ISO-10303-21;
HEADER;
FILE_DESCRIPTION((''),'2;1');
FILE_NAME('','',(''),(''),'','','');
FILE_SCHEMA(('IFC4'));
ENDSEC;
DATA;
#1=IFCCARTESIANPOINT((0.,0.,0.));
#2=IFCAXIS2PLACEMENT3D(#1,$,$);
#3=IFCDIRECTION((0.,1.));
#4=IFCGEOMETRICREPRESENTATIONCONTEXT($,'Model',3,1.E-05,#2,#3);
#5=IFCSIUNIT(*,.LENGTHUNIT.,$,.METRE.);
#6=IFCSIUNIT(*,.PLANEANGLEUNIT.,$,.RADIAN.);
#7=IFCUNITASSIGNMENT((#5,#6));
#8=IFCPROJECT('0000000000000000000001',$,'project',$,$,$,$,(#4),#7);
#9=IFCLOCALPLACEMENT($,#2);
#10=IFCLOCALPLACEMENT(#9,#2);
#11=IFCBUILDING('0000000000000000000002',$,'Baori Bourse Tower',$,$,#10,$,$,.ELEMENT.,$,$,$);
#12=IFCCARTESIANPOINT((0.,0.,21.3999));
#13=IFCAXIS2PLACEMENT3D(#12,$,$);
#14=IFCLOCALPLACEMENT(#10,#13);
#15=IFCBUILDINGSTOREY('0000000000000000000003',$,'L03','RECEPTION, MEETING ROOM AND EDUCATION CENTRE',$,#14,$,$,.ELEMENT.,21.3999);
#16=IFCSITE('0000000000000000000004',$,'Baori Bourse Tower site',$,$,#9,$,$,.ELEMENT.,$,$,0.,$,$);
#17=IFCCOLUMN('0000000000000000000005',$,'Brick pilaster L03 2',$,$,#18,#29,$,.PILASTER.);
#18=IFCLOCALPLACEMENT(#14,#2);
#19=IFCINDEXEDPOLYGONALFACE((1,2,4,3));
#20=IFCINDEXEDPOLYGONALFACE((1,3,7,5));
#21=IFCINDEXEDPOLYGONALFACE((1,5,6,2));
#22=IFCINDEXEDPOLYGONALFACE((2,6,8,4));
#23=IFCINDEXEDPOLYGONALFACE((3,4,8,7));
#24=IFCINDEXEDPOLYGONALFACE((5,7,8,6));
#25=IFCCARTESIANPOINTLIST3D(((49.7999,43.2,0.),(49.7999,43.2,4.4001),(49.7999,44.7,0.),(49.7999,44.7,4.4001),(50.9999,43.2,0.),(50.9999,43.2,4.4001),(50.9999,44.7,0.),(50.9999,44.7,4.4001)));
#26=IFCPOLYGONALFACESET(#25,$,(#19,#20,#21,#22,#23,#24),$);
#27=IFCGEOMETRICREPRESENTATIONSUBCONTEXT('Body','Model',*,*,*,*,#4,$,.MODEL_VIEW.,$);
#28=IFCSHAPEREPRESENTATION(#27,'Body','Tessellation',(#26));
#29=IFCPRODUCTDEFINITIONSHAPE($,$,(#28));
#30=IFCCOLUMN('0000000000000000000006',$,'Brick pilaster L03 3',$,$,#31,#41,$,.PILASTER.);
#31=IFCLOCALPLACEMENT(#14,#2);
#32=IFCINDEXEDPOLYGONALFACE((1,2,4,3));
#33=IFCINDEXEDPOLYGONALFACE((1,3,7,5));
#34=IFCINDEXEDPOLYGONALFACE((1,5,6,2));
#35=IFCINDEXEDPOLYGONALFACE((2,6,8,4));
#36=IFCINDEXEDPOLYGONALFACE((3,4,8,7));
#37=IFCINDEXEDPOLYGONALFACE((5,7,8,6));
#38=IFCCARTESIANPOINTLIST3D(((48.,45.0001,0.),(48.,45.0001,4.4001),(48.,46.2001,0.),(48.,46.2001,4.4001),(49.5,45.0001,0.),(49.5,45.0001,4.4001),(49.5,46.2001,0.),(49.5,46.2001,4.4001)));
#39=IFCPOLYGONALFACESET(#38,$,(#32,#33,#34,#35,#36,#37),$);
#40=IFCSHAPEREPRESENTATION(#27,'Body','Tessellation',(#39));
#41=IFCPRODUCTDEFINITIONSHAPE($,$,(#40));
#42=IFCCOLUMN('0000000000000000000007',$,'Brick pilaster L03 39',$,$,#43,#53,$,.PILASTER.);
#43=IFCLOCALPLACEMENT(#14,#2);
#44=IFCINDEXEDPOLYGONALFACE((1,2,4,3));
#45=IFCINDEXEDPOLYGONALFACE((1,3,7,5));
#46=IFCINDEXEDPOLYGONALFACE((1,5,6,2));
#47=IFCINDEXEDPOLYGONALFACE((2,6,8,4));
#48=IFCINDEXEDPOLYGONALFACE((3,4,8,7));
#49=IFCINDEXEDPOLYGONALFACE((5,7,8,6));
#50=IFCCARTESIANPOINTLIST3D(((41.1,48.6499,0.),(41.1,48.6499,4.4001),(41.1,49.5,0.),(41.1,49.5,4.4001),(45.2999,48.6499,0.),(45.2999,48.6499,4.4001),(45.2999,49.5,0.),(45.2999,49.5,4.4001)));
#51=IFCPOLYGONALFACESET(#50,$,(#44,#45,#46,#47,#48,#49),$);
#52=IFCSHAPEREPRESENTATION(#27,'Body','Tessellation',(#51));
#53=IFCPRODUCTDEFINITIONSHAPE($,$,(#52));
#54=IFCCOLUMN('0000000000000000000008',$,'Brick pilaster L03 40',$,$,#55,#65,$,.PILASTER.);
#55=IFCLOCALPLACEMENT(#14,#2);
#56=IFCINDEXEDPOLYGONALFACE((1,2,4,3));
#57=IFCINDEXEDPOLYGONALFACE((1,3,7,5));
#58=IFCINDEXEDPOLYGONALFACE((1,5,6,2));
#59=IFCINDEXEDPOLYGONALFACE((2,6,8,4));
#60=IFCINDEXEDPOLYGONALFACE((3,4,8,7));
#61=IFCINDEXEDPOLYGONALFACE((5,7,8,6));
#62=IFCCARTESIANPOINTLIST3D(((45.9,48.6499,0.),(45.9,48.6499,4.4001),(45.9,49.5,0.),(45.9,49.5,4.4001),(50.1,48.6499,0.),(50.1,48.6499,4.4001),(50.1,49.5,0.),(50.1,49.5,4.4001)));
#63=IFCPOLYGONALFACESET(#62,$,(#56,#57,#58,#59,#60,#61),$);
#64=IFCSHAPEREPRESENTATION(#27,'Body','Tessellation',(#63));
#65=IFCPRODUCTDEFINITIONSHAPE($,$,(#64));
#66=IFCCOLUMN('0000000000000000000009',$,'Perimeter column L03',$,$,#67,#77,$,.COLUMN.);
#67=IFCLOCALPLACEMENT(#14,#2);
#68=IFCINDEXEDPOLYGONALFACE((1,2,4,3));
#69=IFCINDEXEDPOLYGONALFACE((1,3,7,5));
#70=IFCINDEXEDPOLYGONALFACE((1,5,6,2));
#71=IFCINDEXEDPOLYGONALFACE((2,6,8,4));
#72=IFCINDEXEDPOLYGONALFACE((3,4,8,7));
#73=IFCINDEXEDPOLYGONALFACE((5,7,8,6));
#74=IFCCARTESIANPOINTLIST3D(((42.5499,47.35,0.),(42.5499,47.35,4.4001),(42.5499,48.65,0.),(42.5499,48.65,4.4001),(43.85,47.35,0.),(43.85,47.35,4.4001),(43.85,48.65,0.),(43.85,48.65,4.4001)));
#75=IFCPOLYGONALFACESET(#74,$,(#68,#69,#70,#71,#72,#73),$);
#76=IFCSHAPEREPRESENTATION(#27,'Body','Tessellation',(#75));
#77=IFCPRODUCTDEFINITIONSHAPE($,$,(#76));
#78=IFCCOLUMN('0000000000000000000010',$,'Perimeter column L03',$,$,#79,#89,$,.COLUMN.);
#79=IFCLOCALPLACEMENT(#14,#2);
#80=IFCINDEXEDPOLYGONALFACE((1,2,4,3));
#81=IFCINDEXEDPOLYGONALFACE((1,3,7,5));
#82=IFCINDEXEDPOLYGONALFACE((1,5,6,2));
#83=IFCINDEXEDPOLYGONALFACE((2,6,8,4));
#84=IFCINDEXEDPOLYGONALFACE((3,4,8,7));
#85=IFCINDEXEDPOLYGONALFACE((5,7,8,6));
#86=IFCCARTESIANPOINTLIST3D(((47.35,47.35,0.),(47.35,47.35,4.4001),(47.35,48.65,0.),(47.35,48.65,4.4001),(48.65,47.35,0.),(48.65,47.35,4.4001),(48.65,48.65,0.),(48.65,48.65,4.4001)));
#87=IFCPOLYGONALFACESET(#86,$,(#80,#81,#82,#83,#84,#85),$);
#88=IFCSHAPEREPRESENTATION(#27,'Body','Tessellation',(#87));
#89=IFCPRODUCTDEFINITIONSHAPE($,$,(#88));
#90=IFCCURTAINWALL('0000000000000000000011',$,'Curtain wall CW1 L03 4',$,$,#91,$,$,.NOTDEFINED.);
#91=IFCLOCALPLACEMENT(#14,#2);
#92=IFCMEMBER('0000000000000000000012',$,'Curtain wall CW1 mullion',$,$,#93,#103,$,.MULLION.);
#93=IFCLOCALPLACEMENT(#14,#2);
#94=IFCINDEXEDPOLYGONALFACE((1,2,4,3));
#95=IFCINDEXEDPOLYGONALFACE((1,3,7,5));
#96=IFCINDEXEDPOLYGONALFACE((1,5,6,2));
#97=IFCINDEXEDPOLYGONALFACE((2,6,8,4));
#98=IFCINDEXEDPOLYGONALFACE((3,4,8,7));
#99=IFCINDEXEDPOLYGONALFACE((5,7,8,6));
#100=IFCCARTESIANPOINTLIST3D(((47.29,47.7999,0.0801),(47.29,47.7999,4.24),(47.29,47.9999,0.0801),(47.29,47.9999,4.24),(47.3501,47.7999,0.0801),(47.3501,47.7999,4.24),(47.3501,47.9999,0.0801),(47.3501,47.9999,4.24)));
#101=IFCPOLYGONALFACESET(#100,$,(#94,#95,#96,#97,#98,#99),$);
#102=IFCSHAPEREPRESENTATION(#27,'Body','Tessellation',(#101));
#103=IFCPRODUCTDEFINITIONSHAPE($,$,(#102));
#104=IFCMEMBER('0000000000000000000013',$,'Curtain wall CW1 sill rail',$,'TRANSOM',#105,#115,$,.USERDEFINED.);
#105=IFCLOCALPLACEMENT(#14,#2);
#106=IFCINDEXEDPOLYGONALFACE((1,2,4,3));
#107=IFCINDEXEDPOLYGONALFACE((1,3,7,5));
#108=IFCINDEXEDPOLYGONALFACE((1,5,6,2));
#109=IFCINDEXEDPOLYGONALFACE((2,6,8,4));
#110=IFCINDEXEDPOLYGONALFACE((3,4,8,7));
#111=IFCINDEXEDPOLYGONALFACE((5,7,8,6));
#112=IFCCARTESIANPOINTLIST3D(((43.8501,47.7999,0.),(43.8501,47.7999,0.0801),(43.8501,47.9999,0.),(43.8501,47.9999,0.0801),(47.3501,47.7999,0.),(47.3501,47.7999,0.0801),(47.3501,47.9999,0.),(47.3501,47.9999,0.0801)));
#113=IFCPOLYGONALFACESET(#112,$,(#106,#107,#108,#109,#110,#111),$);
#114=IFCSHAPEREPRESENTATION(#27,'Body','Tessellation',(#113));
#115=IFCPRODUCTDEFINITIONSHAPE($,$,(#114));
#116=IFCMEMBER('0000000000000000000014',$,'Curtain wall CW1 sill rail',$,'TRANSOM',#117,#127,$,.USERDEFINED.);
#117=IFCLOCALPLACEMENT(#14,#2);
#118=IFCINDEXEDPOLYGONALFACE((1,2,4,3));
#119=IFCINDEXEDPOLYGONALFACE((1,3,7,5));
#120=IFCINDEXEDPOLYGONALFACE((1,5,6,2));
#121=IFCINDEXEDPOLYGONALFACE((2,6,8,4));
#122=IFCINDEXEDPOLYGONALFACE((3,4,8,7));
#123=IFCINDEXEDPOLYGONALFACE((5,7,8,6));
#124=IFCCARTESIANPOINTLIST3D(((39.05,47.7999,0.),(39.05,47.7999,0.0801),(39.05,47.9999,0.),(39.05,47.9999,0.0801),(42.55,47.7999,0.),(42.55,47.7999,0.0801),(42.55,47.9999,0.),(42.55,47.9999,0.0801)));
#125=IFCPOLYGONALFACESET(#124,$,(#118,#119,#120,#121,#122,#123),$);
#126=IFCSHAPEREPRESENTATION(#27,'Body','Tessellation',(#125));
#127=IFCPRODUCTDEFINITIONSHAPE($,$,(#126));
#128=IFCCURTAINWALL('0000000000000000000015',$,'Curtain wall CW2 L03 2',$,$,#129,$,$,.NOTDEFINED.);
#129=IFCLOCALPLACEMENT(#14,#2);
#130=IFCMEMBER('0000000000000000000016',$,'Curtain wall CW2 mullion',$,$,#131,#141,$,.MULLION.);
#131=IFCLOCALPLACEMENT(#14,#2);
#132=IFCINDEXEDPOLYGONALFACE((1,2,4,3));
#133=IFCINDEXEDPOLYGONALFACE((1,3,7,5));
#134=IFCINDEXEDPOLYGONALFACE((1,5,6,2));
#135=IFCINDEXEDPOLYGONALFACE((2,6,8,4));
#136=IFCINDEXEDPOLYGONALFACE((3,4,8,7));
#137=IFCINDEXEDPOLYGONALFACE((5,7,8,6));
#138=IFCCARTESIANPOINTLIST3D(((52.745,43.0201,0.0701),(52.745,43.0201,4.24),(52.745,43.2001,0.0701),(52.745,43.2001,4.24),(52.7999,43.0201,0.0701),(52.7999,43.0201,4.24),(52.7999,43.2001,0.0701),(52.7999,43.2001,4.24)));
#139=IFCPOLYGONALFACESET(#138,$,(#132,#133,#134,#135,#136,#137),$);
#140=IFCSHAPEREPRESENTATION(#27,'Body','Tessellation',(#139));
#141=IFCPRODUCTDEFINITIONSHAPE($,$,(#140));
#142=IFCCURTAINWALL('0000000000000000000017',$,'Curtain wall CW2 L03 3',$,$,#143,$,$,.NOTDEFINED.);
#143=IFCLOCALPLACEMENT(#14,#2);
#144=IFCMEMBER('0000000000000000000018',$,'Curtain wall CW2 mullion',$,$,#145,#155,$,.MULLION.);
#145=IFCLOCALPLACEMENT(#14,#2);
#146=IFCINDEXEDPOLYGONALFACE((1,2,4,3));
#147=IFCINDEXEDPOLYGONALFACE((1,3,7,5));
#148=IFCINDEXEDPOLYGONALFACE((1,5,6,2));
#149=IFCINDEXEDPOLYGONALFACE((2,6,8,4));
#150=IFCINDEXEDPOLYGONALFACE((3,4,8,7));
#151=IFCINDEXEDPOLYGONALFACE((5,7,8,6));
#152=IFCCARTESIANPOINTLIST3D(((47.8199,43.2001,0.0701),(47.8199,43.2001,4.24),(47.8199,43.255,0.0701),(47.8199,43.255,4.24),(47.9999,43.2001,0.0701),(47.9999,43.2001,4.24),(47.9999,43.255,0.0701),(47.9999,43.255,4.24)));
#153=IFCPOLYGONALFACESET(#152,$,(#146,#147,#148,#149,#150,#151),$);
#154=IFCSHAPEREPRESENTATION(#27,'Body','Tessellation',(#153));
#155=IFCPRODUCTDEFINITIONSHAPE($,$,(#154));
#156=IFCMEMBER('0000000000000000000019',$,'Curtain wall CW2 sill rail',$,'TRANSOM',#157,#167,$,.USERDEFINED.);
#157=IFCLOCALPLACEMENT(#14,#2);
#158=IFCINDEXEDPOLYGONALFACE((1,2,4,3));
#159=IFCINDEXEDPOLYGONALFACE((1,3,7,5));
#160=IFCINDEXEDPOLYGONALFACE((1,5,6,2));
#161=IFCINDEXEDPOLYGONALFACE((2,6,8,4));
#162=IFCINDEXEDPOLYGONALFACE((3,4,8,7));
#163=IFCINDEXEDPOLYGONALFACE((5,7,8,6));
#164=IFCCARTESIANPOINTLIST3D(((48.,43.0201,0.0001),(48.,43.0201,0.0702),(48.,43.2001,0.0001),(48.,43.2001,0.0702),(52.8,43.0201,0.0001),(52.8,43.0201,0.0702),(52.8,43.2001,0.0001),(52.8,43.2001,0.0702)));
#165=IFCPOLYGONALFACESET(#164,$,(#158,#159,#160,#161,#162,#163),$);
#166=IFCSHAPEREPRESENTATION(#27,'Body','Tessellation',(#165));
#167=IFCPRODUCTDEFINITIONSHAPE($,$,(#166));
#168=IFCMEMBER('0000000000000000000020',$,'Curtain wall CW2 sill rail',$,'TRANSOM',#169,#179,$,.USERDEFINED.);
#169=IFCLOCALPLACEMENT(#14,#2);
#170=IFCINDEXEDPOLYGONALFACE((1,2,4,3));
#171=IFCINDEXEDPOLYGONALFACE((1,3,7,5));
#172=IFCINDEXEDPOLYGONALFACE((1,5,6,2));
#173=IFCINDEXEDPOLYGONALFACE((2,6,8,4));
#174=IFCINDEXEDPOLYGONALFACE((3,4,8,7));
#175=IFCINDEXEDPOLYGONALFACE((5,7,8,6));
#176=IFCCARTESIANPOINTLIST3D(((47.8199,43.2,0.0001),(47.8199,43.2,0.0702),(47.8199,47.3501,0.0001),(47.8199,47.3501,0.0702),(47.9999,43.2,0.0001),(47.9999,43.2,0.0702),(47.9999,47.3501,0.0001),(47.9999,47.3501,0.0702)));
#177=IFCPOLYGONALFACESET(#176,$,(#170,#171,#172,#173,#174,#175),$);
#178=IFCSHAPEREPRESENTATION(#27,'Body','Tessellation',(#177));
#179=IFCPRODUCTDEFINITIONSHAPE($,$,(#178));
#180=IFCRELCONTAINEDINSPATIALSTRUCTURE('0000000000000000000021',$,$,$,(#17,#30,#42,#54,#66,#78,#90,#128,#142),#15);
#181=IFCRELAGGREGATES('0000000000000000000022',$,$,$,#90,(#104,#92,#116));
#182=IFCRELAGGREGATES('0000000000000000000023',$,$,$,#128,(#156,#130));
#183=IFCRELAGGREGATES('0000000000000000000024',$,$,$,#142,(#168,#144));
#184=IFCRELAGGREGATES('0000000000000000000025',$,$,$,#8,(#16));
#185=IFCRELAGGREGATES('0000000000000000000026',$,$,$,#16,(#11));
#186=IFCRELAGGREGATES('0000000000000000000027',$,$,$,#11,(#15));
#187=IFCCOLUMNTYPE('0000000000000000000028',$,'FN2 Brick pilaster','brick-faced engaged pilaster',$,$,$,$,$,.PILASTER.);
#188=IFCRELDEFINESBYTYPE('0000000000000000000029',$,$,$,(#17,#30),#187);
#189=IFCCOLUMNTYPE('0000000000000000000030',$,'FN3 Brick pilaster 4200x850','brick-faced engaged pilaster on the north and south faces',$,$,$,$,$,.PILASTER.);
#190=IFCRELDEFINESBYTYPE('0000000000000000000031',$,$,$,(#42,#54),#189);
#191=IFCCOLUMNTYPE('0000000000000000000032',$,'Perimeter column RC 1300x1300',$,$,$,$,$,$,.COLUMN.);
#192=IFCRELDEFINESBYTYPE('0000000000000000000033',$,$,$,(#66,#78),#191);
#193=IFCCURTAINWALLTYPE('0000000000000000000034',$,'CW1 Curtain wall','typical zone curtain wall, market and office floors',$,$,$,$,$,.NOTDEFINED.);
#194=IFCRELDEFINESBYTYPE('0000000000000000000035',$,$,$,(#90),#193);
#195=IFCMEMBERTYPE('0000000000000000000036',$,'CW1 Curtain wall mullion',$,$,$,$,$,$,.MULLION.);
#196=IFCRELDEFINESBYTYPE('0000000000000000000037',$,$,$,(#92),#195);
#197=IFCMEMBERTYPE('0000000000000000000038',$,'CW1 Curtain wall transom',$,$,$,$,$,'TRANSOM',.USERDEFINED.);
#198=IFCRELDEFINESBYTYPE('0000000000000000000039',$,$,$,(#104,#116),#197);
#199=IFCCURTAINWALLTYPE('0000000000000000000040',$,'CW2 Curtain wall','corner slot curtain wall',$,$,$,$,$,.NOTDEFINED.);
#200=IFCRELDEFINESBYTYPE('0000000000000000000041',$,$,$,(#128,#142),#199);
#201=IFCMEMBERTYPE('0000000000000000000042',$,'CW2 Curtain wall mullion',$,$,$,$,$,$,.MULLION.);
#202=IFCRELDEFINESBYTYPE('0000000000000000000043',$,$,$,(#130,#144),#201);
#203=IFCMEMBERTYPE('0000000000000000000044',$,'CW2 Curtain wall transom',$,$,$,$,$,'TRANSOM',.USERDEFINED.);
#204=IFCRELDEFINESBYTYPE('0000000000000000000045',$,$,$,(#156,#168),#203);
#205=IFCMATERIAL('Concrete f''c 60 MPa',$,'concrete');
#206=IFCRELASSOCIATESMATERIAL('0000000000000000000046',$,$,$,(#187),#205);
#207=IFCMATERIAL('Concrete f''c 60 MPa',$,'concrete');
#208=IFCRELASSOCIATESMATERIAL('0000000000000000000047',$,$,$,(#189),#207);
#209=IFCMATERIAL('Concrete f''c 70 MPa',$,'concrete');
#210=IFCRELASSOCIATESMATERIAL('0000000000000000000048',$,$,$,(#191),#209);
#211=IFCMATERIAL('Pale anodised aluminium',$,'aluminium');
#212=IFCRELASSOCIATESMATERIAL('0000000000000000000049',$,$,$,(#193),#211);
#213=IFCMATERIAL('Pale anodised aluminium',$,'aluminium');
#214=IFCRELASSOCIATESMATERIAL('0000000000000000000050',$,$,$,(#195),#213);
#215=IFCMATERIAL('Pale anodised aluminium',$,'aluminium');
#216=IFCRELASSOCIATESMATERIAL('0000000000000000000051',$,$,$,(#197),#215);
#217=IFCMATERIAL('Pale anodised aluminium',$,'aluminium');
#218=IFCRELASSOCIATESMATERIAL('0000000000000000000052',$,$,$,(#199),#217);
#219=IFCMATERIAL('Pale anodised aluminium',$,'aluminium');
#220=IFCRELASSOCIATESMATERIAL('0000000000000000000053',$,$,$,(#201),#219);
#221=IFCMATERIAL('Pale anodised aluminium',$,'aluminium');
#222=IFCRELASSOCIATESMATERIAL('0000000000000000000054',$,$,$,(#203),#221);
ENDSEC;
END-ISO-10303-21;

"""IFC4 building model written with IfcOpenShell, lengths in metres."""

from ifc_helpers import new_model, si_unit, direction, frame, origin, origin_2d, place, context, subcontext, project, spatial, rectangle, extrude, material, material_profile, profile_set, type_object, element, aggregate, save


model = new_model("IFC4")

# Units and contexts
model_context = context("Model", 3, precision=1e-05, world=origin(), true_north=direction((0.0, 1.0)))
body_context = subcontext(model_context, "Body", "Model", "MODEL_VIEW")
ifc_project = project(units=[si_unit("LENGTHUNIT", "METRE"), si_unit("PLANEANGLEUNIT", "RADIAN")], contexts=[model_context])

# Site, building, storey
site_placement = place(None, origin())
site = spatial("IfcSite", under=ifc_project, at=site_placement, Name="Baori Bourse Tower site", CompositionType="ELEMENT", RefElevation=0.0)
building_placement = place(site_placement, origin())
building = spatial("IfcBuilding", under=site, at=building_placement, Name="Baori Bourse Tower", CompositionType="ELEMENT")
storey_placement = place(building_placement, frame((0.0, 0.0, 21.3999)))
storey = spatial("IfcBuildingStorey", under=building, at=storey_placement, Name="L03", Description="RECEPTION, MEETING ROOM AND EDUCATION CENTRE", CompositionType="ELEMENT", Elevation=21.3999)

# Columns
ifc_material_1 = material(Name="Concrete f'c 60 MPa", Category="concrete")
ifc_material_profile_1 = material_profile(ifc_material_1, rectangle(XDim=1.2, YDim=1.5, at=origin_2d()), Name="RC 1200x1500")
ifc_profile_set_1 = profile_set([ifc_material_profile_1], Name="Concrete f'c 60 MPa")
column_type_1 = type_object("IfcColumnType", Name="FN2 Brick pilaster", Description="brick-faced engaged pilaster", PredefinedType="PILASTER", material=ifc_profile_set_1)
for number, where, z_axis, x_axis, name in (
    (1, (50.3999, 43.95, 0.0), (0.0, 0.0, 1.0), (1.0, 0.0, 0.0), "Brick pilaster L03 2"),
    (2, (48.75, 45.6001, 0.0), (0.0, 0.0, 1.0), (0.0, 1.0, 0.0), "Brick pilaster L03 3"),
):
    element("IfcColumn", number, at=place(storey_placement, frame(where, z_axis=z_axis, x_axis=x_axis)), inside=storey, type_object=column_type_1, Name=name, PredefinedType="PILASTER", context=body_context, shape_type="SweptSolid", body=[
        extrude(rectangle(XDim=1.2, YDim=1.5, at=origin_2d()), origin(), (0.0, 0.0, 1.0), 4.4001),
    ])
ifc_material_2 = material(Name="Concrete f'c 60 MPa", Category="concrete")
ifc_material_profile_2 = material_profile(ifc_material_2, rectangle(XDim=4.2, YDim=0.8501, at=origin_2d()), Name="RC 4200x850")
ifc_profile_set_2 = profile_set([ifc_material_profile_2], Name="Concrete f'c 60 MPa")
column_type_2 = type_object("IfcColumnType", Name="FN3 Brick pilaster 4200x850", Description="brick-faced engaged pilaster on the north and south faces", PredefinedType="PILASTER", material=ifc_profile_set_2)
for number, where, z_axis, x_axis, name in (
    (3, (43.2, 49.075, 0.0), (0.0, 0.0, 1.0), (1.0, 0.0, 0.0), "Brick pilaster L03 39"),
    (4, (48.0, 49.075, 0.0), (0.0, 0.0, 1.0), (1.0, 0.0, 0.0), "Brick pilaster L03 40"),
):
    element("IfcColumn", number, at=place(storey_placement, frame(where, z_axis=z_axis, x_axis=x_axis)), inside=storey, type_object=column_type_2, Name=name, PredefinedType="PILASTER", context=body_context, shape_type="SweptSolid", body=[
        extrude(rectangle(XDim=4.2, YDim=0.8501, at=origin_2d()), origin(), (0.0, 0.0, 1.0), 4.4001),
    ])
ifc_material_3 = material(Name="Concrete f'c 70 MPa", Category="concrete")
ifc_material_profile_3 = material_profile(ifc_material_3, rectangle(XDim=1.3, YDim=1.3, at=origin_2d()), Name="RC 1300x1300")
ifc_profile_set_3 = profile_set([ifc_material_profile_3], Name="Concrete f'c 70 MPa")
column_type_3 = type_object("IfcColumnType", Name="Perimeter column RC 1300x1300", PredefinedType="COLUMN", material=ifc_profile_set_3)
for number, where, z_axis, x_axis, name in (
    (5, (43.2, 48.0, 0.0), (0.0, 0.0, 1.0), (1.0, 0.0, 0.0), "Perimeter column L03"),
    (6, (48.0, 48.0, 0.0), (0.0, 0.0, 1.0), (1.0, 0.0, 0.0), "Perimeter column L03"),
):
    element("IfcColumn", number, at=place(storey_placement, frame(where, z_axis=z_axis, x_axis=x_axis)), inside=storey, type_object=column_type_3, Name=name, PredefinedType="COLUMN", context=body_context, shape_type="SweptSolid", body=[
        extrude(rectangle(XDim=1.3, YDim=1.3, at=origin_2d()), origin(), (0.0, 0.0, 1.0), 4.4001),
    ])

# Curtain wall, members
ifc_material_4 = material(Name="Pale anodised aluminium", Category="aluminium")
curtain_wall_type_1 = type_object("IfcCurtainWallType", Name="CW1 Curtain wall", Description="typical zone curtain wall, market and office floors", PredefinedType="NOTDEFINED", material=ifc_material_4)
curtain_wall_1_placement = place(storey_placement, origin())
curtain_wall_1 = element("IfcCurtainWall", 7, at=curtain_wall_1_placement, inside=storey, type_object=curtain_wall_type_1, Name="Curtain wall CW1 L03 4", PredefinedType="NOTDEFINED")
ifc_material_5 = material(Name="Pale anodised aluminium", Category="aluminium")
ifc_material_profile_4 = material_profile(ifc_material_5, rectangle(XDim=0.2, YDim=0.0601, at=origin_2d()), Name="Mullion 60x200")
ifc_profile_set_4 = profile_set([ifc_material_profile_4], Name="Pale anodised aluminium")
member_type_1 = type_object("IfcMemberType", Name="CW1 Curtain wall mullion", PredefinedType="MULLION", material=ifc_profile_set_4)
member_1_placement = place(storey_placement, frame((47.3201, 47.8999, 0.0801), z_axis=(0.0, 0.0, 1.0), x_axis=(0.0, -1.0, 0.0)))
member_1 = element("IfcMember", 8, at=member_1_placement, type_object=member_type_1, Name="Curtain wall CW1 mullion", PredefinedType="MULLION", context=body_context, shape_type="SweptSolid", body=[
    extrude(rectangle(XDim=0.2, YDim=0.0601, at=origin_2d()), origin(), (0.0, 0.0, 1.0), 4.1599),
])
ifc_material_6 = material(Name="Pale anodised aluminium", Category="aluminium")
ifc_material_profile_5 = material_profile(ifc_material_6, rectangle(XDim=0.2, YDim=0.0801, at=origin_2d()), Name="Transom 80x200")
ifc_profile_set_5 = profile_set([ifc_material_profile_5], Name="Pale anodised aluminium")
member_type_2 = type_object("IfcMemberType", Name="CW1 Curtain wall transom", ElementType="TRANSOM", PredefinedType="USERDEFINED", material=ifc_profile_set_5)
member_2_placement = place(storey_placement, frame((47.3501, 47.8999, 0.04), z_axis=(-1.0, 0.0, 0.0), x_axis=(0.0, -1.0, 0.0)))
member_2 = element("IfcMember", 9, at=member_2_placement, type_object=member_type_2, Name="Curtain wall CW1 sill rail", ObjectType="TRANSOM", PredefinedType="USERDEFINED", context=body_context, shape_type="SweptSolid", body=[
    extrude(rectangle(XDim=0.2, YDim=0.0801, at=origin_2d()), origin(), (0.0, 0.0, 1.0), 3.5),
])
member_3_placement = place(storey_placement, frame((42.55, 47.8999, 0.04), z_axis=(-1.0, 0.0, 0.0), x_axis=(0.0, -1.0, 0.0)))
member_3 = element("IfcMember", 10, at=member_3_placement, type_object=member_type_2, Name="Curtain wall CW1 sill rail", ObjectType="TRANSOM", PredefinedType="USERDEFINED", context=body_context, shape_type="SweptSolid", body=[
    extrude(rectangle(XDim=0.2, YDim=0.0801, at=origin_2d()), origin(), (0.0, 0.0, 1.0), 3.5),
])

# Curtain walls, members
ifc_material_7 = material(Name="Pale anodised aluminium", Category="aluminium")
curtain_wall_type_2 = type_object("IfcCurtainWallType", Name="CW2 Curtain wall", Description="corner slot curtain wall", PredefinedType="NOTDEFINED", material=ifc_material_7)
curtain_wall_2_placement = place(storey_placement, origin())
curtain_wall_2 = element("IfcCurtainWall", 11, at=curtain_wall_2_placement, inside=storey, type_object=curtain_wall_type_2, Name="Curtain wall CW2 L03 2", PredefinedType="NOTDEFINED")
ifc_material_8 = material(Name="Pale anodised aluminium", Category="aluminium")
ifc_material_profile_6 = material_profile(ifc_material_8, rectangle(XDim=0.1799, YDim=0.0549, at=origin_2d()), Name="Mullion 55x180")
ifc_profile_set_6 = profile_set([ifc_material_profile_6], Name="Pale anodised aluminium")
member_type_3 = type_object("IfcMemberType", Name="CW2 Curtain wall mullion", PredefinedType="MULLION", material=ifc_profile_set_6)
member_4_placement = place(storey_placement, frame((52.7725, 43.1101, 0.0701), z_axis=(0.0, 0.0, 1.0), x_axis=(0.0, -1.0, 0.0)))
member_4 = element("IfcMember", 12, at=member_4_placement, type_object=member_type_3, Name="Curtain wall CW2 mullion", PredefinedType="MULLION", context=body_context, shape_type="SweptSolid", body=[
    extrude(rectangle(XDim=0.1799, YDim=0.0549, at=origin_2d()), origin(), (0.0, 0.0, 1.0), 4.1699),
])
curtain_wall_3_placement = place(storey_placement, origin())
curtain_wall_3 = element("IfcCurtainWall", 13, at=curtain_wall_3_placement, inside=storey, type_object=curtain_wall_type_2, Name="Curtain wall CW2 L03 3", PredefinedType="NOTDEFINED")
member_5_placement = place(storey_placement, frame((47.9099, 43.2275, 0.0701), z_axis=(0.0, 0.0, 1.0), x_axis=(-1.0, 0.0, 0.0)))
member_5 = element("IfcMember", 14, at=member_5_placement, type_object=member_type_3, Name="Curtain wall CW2 mullion", PredefinedType="MULLION", context=body_context, shape_type="SweptSolid", body=[
    extrude(rectangle(XDim=0.1799, YDim=0.0549, at=origin_2d()), origin(), (0.0, 0.0, 1.0), 4.1699),
])

# Members
ifc_material_9 = material(Name="Pale anodised aluminium", Category="aluminium")
ifc_material_profile_7 = material_profile(ifc_material_9, rectangle(XDim=0.1799, YDim=0.0701, at=origin_2d()), Name="Transom 70x180")
ifc_profile_set_7 = profile_set([ifc_material_profile_7], Name="Pale anodised aluminium")
member_type_4 = type_object("IfcMemberType", Name="CW2 Curtain wall transom", ElementType="TRANSOM", PredefinedType="USERDEFINED", material=ifc_profile_set_7)
member_6_placement = place(storey_placement, frame((52.8, 43.1101, 0.0352), z_axis=(-1.0, 0.0, 0.0), x_axis=(0.0, -1.0, 0.0)))
member_6 = element("IfcMember", 15, at=member_6_placement, type_object=member_type_4, Name="Curtain wall CW2 sill rail", ObjectType="TRANSOM", PredefinedType="USERDEFINED", context=body_context, shape_type="SweptSolid", body=[
    extrude(rectangle(XDim=0.1799, YDim=0.0701, at=origin_2d()), origin(), (0.0, 0.0, 1.0), 4.8),
])
member_7_placement = place(storey_placement, frame((47.9099, 43.2, 0.0352), z_axis=(0.0, 1.0, 0.0), x_axis=(-1.0, 0.0, 0.0)))
member_7 = element("IfcMember", 16, at=member_7_placement, type_object=member_type_4, Name="Curtain wall CW2 sill rail", ObjectType="TRANSOM", PredefinedType="USERDEFINED", context=body_context, shape_type="SweptSolid", body=[
    extrude(rectangle(XDim=0.1799, YDim=0.0701, at=origin_2d()), origin(), (0.0, 0.0, 1.0), 4.1501),
])

aggregate(curtain_wall_1, [member_2, member_1, member_3])
aggregate(curtain_wall_2, [member_6, member_4])
aggregate(curtain_wall_3, [member_7, member_5])

save(model, "model.ifc")
